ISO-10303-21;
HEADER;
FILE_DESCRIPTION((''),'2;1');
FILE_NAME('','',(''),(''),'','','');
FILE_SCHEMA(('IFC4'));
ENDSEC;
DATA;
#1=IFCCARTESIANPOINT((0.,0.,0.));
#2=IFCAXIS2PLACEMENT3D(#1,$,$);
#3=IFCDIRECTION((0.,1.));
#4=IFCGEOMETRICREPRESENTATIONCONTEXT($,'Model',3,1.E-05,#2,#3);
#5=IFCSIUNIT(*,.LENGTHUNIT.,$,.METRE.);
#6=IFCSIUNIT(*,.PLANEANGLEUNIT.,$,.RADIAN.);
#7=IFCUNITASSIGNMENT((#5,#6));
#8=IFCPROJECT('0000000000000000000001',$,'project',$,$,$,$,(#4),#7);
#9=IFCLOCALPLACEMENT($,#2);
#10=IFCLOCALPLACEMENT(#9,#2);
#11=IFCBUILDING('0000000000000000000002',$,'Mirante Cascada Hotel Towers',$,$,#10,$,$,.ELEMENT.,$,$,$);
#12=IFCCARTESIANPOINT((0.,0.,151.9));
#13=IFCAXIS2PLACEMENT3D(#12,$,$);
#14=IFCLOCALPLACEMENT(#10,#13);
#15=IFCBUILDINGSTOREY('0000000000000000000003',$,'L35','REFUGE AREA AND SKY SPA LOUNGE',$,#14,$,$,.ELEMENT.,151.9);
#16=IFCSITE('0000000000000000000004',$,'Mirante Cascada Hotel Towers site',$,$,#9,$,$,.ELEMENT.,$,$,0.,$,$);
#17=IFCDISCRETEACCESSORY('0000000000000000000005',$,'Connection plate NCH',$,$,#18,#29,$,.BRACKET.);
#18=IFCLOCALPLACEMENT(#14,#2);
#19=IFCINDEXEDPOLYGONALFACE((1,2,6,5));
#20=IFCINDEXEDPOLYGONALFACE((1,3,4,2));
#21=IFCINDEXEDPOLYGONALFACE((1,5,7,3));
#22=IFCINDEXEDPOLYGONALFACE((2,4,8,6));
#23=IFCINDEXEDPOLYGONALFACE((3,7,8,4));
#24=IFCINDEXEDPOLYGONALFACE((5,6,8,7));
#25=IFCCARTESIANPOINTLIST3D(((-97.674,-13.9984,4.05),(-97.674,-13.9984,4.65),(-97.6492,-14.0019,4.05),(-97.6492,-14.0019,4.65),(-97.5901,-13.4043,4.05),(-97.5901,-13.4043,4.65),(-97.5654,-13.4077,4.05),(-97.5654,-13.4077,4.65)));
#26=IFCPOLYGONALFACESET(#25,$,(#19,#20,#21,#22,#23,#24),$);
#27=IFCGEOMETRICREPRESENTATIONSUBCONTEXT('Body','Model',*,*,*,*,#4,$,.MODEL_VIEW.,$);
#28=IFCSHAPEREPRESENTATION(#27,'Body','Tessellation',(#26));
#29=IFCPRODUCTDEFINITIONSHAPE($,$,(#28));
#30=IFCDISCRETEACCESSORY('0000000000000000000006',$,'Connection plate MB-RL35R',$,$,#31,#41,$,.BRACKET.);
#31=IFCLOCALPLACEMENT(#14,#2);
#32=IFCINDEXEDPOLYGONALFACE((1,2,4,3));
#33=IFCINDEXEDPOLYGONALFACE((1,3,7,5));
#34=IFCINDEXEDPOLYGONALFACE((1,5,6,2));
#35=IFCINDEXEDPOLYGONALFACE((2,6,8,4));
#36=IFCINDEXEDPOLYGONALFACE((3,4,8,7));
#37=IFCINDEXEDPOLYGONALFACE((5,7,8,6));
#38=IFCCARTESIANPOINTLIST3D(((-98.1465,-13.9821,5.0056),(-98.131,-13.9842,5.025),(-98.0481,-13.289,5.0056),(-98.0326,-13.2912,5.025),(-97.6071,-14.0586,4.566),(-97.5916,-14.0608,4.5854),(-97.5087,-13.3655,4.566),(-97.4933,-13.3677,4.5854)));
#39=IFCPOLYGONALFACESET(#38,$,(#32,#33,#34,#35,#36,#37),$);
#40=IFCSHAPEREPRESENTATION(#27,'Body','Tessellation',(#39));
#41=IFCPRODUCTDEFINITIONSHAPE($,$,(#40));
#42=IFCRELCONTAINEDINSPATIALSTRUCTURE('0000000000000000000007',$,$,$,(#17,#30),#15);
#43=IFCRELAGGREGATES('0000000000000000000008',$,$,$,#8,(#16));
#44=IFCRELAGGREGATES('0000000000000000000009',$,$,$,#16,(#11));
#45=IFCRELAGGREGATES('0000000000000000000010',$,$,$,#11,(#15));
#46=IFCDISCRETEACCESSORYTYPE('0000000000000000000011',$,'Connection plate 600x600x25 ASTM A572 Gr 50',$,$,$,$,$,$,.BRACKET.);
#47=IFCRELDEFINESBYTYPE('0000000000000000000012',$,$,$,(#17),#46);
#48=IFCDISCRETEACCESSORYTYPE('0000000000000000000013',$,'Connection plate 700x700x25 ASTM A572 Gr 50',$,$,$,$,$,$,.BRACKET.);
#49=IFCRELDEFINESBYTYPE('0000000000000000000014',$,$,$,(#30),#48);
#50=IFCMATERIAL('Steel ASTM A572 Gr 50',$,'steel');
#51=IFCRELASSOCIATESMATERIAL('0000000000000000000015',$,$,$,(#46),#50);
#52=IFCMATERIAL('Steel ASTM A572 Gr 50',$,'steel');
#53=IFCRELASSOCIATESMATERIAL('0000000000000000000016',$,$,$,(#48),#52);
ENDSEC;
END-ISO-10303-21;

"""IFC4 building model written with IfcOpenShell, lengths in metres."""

from ifc_helpers import new_model, si_unit, direction, frame, origin, origin_2d, place, context, subcontext, project, spatial, rectangle, extrude, material, material_profile, profile_set, type_object, element, save


model = new_model("IFC4")

# Units and contexts
model_context = context("Model", 3, precision=1e-05, world=origin(), true_north=direction((0.0, 1.0)))
body_context = subcontext(model_context, "Body", "Model", "MODEL_VIEW")
ifc_project = project(units=[si_unit("LENGTHUNIT", "METRE"), si_unit("PLANEANGLEUNIT", "RADIAN")], contexts=[model_context])

# Site, building, storey
site_placement = place(None, origin())
site = spatial("IfcSite", under=ifc_project, at=site_placement, Name="Mirante Cascada Hotel Towers site", CompositionType="ELEMENT", RefElevation=0.0)
building_placement = place(site_placement, origin())
building = spatial("IfcBuilding", under=site, at=building_placement, Name="Mirante Cascada Hotel Towers", CompositionType="ELEMENT")
storey_placement = place(building_placement, frame((0.0, 0.0, 151.9)))
storey = spatial("IfcBuildingStorey", under=building, at=storey_placement, Name="L35", Description="REFUGE AREA AND SKY SPA LOUNGE", CompositionType="ELEMENT", Elevation=151.9)

# Discrete accessories
ifc_material_1 = material(Name="Steel ASTM A572 Gr 50", Category="steel")
ifc_material_profile_1 = material_profile(ifc_material_1, rectangle(XDim=0.6, YDim=0.6, at=origin_2d()), Name="Connection plate 600x600x25 ASTM A572 Gr 50")
ifc_profile_set_1 = profile_set([ifc_material_profile_1], Name="Steel ASTM A572 Gr 50")
discrete_accessory_type_1 = type_object("IfcDiscreteAccessoryType", Name="Connection plate 600x600x25 ASTM A572 Gr 50", PredefinedType="BRACKET", material=ifc_profile_set_1)
discrete_accessory_1_placement = place(storey_placement, frame((-97.6073, -13.7048, 4.35), z_axis=(-0.990188, 0.139744, 0.0), x_axis=(-0.139744, -0.990188, 0.0)))
element("IfcDiscreteAccessory", 1, at=discrete_accessory_1_placement, inside=storey, type_object=discrete_accessory_type_1, Name="Connection plate NCH", PredefinedType="BRACKET", context=body_context, shape_type="SweptSolid", body=[
    extrude(rectangle(XDim=0.6, YDim=0.6, at=origin_2d()), origin(), (0.0, 0.0, 1.0), 0.025),
])
ifc_material_2 = material(Name="Steel ASTM A572 Gr 50", Category="steel")
ifc_material_profile_2 = material_profile(ifc_material_2, rectangle(XDim=0.7, YDim=0.7, at=origin_2d()), Name="Connection plate 700x700x25 ASTM A572 Gr 50")
ifc_profile_set_2 = profile_set([ifc_material_profile_2], Name="Steel ASTM A572 Gr 50")
discrete_accessory_type_2 = type_object("IfcDiscreteAccessoryType", Name="Connection plate 700x700x25 ASTM A572 Gr 50", PredefinedType="BRACKET", material=ifc_profile_set_2)
discrete_accessory_2_placement = place(storey_placement, frame((-97.8276, -13.6738, 4.7858), z_axis=(0.621768, -0.088251, 0.778213), x_axis=(0.140527, 0.990077, 0.0)))
element("IfcDiscreteAccessory", 2, at=discrete_accessory_2_placement, inside=storey, type_object=discrete_accessory_type_2, Name="Connection plate MB-RL35R", PredefinedType="BRACKET", context=body_context, shape_type="SweptSolid", body=[
    extrude(rectangle(XDim=0.7, YDim=0.7, at=origin_2d()), origin(), (0.0, 0.0, 1.0), 0.0249),
])

save(model, "model.ifc")
